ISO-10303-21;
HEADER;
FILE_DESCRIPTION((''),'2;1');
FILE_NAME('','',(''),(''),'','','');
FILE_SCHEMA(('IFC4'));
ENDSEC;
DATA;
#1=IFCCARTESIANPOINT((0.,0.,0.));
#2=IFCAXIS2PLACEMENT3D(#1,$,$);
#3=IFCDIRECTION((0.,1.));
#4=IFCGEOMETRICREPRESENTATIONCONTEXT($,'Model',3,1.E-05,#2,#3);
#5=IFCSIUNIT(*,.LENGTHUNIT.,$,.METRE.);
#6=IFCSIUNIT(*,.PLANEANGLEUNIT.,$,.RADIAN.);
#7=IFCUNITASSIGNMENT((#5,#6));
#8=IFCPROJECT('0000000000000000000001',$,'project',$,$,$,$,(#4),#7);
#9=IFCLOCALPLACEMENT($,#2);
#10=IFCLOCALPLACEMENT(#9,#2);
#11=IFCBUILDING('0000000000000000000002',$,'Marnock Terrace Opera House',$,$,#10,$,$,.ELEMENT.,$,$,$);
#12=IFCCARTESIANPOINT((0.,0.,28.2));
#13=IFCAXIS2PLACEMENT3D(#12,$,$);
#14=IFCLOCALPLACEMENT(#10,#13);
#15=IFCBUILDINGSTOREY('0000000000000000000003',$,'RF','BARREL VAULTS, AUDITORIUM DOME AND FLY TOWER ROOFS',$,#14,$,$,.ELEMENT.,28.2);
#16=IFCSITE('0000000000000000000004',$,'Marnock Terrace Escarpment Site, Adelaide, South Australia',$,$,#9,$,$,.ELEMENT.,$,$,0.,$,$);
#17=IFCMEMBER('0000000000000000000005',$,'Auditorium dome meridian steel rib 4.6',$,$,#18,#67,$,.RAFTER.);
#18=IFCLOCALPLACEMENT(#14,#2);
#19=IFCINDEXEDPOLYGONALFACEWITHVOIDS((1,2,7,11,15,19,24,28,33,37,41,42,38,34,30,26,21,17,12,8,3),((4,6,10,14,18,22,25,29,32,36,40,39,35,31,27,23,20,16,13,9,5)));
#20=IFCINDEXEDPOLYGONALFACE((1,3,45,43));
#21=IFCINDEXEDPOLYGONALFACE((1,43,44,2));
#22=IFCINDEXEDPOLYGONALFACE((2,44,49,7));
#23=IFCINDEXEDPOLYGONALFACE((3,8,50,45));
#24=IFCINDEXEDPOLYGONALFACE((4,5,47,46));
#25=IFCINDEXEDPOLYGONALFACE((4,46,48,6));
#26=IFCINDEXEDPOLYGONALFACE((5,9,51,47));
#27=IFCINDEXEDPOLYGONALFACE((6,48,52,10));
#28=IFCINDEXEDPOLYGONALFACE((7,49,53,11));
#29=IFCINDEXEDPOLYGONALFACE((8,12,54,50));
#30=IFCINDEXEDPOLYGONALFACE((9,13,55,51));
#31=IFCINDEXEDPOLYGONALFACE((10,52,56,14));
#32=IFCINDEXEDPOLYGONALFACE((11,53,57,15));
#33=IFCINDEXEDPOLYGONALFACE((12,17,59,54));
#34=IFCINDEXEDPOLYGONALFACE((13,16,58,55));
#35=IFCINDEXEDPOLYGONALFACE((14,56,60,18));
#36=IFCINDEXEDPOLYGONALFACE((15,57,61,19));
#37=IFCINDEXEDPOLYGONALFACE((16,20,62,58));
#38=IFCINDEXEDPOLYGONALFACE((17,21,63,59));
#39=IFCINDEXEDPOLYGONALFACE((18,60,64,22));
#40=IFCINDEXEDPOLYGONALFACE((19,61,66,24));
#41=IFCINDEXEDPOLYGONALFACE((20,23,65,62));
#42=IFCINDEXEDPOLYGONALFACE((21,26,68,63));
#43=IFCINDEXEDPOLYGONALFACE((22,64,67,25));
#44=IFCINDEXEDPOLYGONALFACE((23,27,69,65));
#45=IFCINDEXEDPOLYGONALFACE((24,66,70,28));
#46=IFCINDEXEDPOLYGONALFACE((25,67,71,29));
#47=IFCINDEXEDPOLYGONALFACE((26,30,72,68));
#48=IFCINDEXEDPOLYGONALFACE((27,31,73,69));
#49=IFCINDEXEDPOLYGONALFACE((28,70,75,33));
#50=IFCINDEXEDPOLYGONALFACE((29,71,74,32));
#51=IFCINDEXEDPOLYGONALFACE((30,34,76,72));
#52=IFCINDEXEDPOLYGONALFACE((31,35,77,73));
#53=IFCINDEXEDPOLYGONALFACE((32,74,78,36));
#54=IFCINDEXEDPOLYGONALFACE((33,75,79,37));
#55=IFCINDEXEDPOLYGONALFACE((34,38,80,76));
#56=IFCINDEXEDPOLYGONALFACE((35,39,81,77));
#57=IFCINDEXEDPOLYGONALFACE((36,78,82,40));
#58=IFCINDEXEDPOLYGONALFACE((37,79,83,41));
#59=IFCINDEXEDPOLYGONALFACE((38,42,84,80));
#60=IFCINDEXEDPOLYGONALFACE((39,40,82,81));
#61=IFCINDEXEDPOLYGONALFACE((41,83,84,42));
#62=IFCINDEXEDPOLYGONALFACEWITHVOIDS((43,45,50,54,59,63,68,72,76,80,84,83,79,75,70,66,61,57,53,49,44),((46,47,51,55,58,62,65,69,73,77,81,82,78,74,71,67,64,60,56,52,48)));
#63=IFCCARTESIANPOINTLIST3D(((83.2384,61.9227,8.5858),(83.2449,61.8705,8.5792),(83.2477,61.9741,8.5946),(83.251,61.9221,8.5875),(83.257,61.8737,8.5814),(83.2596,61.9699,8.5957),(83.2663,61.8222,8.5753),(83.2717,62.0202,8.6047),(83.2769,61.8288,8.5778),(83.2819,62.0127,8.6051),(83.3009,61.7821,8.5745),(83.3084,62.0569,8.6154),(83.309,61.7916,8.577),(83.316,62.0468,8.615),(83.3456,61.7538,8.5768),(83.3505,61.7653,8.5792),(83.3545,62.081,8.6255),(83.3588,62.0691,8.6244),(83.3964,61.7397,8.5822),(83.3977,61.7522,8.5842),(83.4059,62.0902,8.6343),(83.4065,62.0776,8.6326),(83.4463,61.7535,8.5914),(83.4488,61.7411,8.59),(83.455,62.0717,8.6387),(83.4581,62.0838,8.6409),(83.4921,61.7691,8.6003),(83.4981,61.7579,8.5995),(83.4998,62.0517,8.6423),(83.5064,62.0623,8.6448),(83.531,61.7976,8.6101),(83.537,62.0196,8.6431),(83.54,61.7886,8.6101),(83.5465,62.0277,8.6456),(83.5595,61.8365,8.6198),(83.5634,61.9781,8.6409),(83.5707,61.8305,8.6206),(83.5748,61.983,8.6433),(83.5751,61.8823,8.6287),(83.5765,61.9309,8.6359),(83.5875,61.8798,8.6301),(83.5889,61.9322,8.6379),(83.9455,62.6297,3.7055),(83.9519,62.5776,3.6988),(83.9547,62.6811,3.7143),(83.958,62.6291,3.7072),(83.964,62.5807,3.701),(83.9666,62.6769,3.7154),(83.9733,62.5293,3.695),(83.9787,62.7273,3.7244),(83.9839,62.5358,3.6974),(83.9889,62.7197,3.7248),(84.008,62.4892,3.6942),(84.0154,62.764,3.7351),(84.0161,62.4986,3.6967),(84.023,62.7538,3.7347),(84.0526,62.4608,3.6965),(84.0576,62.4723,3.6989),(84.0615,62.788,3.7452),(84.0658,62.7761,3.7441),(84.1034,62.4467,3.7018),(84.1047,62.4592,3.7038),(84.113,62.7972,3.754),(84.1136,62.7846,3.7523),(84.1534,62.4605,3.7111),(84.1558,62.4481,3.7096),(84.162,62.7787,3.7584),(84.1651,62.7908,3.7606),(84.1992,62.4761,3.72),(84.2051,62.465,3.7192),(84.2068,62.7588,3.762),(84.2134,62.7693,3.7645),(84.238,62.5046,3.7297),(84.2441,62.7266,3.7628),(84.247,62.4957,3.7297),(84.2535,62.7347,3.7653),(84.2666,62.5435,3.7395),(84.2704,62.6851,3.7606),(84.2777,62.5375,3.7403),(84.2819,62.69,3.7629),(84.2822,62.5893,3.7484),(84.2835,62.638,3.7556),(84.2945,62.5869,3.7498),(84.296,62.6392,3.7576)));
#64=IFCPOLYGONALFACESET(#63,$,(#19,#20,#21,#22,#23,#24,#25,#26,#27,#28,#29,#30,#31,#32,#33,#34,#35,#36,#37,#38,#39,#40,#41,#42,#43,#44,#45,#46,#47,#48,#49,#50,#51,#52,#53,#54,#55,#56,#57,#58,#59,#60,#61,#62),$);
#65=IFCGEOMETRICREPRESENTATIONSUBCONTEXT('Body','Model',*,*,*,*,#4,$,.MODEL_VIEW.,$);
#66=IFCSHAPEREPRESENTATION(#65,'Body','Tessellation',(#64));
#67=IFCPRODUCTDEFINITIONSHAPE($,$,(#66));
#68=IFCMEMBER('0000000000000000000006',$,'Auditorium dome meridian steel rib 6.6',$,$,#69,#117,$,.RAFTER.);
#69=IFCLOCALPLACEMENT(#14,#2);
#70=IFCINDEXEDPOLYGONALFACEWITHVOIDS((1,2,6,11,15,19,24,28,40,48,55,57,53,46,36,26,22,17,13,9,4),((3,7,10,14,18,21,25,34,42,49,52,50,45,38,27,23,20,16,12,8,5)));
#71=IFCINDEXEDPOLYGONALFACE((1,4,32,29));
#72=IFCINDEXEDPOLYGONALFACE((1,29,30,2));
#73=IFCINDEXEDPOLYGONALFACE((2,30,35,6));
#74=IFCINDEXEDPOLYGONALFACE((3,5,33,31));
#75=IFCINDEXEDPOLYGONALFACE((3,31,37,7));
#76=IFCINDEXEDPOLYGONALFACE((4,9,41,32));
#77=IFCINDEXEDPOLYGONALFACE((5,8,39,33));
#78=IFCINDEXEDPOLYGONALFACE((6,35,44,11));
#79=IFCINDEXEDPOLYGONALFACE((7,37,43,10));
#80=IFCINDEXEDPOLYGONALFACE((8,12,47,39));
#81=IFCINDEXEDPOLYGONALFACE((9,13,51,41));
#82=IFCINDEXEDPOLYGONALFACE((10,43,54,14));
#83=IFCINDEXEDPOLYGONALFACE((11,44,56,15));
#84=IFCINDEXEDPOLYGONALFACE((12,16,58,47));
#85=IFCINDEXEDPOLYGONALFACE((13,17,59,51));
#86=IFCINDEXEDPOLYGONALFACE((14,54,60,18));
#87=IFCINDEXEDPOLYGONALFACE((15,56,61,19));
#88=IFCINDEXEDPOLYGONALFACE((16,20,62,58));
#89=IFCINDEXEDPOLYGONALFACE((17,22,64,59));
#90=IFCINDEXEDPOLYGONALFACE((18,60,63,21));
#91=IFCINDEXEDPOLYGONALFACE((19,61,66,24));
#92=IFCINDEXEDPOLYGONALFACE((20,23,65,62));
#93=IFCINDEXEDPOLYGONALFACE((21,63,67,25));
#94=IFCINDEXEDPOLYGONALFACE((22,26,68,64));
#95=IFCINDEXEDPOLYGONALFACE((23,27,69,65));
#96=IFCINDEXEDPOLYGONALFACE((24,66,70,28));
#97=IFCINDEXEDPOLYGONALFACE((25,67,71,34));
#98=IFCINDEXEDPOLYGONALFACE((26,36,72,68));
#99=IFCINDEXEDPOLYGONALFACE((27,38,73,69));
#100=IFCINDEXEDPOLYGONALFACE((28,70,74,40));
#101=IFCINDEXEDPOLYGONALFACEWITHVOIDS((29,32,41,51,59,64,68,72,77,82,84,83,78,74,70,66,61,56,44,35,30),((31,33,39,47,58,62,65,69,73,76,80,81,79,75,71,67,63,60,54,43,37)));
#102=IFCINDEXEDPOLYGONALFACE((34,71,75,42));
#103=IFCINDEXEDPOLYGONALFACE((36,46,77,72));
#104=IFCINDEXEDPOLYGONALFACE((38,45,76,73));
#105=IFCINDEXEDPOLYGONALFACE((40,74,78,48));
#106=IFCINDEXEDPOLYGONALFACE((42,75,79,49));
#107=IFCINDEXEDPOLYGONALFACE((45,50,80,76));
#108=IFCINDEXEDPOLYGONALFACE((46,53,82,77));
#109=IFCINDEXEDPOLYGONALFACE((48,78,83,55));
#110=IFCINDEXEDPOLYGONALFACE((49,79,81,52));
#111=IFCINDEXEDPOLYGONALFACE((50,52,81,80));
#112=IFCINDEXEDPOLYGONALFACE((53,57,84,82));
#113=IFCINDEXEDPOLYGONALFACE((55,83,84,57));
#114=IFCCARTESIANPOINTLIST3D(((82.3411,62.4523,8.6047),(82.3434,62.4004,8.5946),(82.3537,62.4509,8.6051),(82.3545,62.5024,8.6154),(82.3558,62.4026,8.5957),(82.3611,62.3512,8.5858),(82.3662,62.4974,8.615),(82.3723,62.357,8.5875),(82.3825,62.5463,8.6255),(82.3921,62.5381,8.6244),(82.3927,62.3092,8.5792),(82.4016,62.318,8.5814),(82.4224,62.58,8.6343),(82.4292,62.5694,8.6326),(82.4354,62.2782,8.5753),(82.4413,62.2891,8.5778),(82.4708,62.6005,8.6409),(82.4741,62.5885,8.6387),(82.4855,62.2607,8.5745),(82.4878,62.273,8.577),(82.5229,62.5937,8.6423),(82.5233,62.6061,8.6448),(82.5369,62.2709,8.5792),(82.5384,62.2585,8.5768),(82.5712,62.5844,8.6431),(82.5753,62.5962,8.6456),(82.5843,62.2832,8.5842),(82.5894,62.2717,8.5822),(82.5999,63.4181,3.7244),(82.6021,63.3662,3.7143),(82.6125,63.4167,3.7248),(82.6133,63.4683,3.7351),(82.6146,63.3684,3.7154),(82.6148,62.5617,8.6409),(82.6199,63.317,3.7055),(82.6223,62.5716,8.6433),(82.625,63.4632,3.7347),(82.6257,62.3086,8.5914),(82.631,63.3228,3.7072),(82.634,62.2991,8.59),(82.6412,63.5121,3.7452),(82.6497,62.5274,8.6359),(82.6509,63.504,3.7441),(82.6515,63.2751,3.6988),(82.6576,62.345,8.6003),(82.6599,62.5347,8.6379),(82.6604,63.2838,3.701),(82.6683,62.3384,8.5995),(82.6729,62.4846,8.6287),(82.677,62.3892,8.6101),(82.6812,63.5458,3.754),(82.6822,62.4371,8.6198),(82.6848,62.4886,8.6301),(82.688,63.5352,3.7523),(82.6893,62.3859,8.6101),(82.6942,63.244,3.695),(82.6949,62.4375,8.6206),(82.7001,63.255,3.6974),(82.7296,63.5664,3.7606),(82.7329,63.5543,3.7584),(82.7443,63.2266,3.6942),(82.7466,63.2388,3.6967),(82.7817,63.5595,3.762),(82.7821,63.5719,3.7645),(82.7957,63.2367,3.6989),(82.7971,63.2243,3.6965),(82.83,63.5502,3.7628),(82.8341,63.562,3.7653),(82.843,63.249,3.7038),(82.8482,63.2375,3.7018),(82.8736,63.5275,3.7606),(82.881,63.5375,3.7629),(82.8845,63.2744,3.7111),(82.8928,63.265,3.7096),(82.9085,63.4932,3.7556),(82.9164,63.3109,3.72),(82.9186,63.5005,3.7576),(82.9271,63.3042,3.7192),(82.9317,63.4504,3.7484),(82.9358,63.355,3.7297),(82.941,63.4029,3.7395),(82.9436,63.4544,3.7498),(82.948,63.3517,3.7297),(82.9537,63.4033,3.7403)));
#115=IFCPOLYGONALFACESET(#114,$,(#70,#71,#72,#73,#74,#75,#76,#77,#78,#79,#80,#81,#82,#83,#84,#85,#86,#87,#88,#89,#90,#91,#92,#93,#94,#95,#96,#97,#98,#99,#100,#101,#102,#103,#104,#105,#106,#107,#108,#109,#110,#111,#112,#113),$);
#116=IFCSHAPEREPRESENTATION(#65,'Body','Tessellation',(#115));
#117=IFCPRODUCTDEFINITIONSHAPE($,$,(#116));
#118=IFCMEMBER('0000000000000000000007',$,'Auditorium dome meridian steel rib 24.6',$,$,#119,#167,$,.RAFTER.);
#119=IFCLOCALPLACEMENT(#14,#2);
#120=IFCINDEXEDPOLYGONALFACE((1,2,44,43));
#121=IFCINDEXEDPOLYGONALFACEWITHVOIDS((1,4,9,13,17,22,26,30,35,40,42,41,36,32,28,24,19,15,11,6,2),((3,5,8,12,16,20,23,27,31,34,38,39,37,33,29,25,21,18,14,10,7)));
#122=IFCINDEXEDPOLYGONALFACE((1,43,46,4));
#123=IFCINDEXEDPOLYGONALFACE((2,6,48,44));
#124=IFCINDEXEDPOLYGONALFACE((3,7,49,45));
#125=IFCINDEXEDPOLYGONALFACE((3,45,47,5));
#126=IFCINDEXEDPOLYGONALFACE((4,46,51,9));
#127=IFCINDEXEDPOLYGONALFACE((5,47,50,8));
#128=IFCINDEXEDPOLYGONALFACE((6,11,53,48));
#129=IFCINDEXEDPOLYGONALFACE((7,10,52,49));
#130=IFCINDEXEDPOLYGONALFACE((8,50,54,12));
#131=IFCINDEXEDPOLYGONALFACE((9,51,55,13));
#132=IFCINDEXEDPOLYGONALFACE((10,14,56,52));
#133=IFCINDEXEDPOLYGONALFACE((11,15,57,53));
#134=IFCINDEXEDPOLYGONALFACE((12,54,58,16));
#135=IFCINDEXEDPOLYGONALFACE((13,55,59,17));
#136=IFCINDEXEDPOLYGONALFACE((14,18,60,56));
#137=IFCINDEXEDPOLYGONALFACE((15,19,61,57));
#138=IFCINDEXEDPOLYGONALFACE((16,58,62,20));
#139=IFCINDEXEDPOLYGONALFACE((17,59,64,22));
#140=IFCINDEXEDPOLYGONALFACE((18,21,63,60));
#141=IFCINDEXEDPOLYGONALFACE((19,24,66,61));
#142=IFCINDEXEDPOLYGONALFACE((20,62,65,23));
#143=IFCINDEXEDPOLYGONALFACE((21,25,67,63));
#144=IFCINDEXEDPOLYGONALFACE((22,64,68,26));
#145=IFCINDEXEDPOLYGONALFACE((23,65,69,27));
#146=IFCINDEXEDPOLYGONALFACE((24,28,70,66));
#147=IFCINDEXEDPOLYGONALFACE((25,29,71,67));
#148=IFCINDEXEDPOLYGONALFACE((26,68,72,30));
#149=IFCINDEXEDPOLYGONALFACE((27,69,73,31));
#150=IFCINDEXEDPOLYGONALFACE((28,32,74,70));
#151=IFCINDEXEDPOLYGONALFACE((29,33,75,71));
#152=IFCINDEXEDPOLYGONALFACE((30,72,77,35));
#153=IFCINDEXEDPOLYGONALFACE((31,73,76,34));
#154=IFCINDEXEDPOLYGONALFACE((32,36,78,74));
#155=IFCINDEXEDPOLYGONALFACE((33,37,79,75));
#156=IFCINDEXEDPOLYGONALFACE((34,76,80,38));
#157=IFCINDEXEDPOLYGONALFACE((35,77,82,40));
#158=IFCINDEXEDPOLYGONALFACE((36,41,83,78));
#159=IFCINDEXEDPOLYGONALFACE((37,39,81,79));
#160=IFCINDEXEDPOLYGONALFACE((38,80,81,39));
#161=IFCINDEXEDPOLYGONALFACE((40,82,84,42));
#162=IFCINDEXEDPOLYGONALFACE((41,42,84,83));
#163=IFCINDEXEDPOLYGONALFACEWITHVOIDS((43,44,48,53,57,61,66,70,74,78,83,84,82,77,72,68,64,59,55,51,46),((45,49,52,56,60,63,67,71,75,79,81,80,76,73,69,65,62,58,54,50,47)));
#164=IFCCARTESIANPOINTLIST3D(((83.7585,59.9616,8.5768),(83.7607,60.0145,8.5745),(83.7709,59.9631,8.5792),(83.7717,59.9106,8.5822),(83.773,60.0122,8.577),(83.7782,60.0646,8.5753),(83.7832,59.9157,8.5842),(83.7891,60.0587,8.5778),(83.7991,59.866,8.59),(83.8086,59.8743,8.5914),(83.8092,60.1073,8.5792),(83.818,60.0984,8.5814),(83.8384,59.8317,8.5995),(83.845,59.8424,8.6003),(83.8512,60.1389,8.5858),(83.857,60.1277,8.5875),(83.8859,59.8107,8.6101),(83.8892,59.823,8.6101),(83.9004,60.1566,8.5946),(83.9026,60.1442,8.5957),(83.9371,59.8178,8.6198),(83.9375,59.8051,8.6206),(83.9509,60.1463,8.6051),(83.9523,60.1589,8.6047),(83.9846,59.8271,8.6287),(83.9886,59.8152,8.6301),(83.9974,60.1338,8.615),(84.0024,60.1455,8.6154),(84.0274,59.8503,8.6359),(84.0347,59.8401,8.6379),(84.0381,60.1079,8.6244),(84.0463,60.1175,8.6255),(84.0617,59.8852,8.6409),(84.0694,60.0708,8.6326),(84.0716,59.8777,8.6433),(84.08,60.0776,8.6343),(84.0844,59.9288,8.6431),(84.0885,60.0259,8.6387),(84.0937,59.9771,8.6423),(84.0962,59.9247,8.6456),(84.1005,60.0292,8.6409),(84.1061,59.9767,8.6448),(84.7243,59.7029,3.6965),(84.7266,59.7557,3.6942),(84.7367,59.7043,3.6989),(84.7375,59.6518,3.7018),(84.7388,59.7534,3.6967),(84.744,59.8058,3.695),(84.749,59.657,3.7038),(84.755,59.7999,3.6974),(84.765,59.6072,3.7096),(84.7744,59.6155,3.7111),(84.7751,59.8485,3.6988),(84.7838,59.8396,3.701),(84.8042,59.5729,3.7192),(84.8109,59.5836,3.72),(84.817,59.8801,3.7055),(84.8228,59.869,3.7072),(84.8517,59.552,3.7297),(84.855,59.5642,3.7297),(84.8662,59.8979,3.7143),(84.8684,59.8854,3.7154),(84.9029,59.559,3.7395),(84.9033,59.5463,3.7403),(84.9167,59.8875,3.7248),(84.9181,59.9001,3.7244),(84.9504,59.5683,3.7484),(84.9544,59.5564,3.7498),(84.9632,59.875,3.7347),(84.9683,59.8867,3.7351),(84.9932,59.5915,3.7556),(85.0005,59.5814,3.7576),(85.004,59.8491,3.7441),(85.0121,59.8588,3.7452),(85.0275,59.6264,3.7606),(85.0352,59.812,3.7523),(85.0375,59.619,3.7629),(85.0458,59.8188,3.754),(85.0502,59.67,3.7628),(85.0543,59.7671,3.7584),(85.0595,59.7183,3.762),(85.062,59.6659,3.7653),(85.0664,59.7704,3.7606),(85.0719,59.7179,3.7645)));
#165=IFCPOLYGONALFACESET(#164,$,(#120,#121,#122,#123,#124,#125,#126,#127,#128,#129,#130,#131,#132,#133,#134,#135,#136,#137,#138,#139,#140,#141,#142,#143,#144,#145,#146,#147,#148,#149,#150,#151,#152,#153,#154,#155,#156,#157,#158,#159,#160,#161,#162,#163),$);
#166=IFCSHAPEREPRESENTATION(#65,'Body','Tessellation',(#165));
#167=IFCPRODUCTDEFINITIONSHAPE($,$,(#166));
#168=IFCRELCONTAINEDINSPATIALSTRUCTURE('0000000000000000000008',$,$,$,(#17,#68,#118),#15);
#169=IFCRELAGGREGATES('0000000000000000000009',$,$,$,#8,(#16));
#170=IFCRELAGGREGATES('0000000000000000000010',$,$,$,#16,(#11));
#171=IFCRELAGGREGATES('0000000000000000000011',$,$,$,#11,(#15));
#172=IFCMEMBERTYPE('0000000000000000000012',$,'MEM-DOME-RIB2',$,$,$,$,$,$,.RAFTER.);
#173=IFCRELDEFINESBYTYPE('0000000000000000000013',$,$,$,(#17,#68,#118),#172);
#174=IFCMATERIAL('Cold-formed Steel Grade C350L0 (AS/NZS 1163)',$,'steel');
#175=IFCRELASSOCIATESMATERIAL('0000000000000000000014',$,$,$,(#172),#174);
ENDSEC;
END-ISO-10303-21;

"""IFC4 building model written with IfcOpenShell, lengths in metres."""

from ifc_helpers import new_model, si_unit, direction, frame, origin, origin_2d, place, context, subcontext, project, spatial, hollow_circle, extrude, material, material_profile, profile_set, type_object, element, save


model = new_model("IFC4")

# Units and contexts
model_context = context("Model", 3, precision=1e-05, world=origin(), true_north=direction((0.0, 1.0)))
body_context = subcontext(model_context, "Body", "Model", "MODEL_VIEW")
ifc_project = project(units=[si_unit("LENGTHUNIT", "METRE"), si_unit("PLANEANGLEUNIT", "RADIAN")], contexts=[model_context])

# Site, building, storey
site_placement = place(None, origin())
site = spatial("IfcSite", under=ifc_project, at=site_placement, Name="Marnock Terrace Escarpment Site, Adelaide, South Australia", CompositionType="ELEMENT", RefElevation=0.0)
building_placement = place(site_placement, origin())
building = spatial("IfcBuilding", under=site, at=building_placement, Name="Marnock Terrace Opera House", CompositionType="ELEMENT")
storey_placement = place(building_placement, frame((0.0, 0.0, 28.2)))
storey = spatial("IfcBuildingStorey", under=building, at=storey_placement, Name="RF", Description="BARREL VAULTS, AUDITORIUM DOME AND FLY TOWER ROOFS", CompositionType="ELEMENT", Elevation=28.2)

# Members
ifc_material_1 = material(Name="Cold-formed Steel Grade C350L0 (AS/NZS 1163)", Category="steel")
ifc_material_profile_1 = material_profile(ifc_material_1, hollow_circle(Radius=0.1777, WallThickness=0.0127, at=origin_2d()))
ifc_profile_set_1 = profile_set([ifc_material_profile_1], Name="Cold-formed Steel Grade C350L0 (AS/NZS 1163)")
member_type_1 = type_object("IfcMemberType", Name="MEM-DOME-RIB2", PredefinedType="RAFTER", material=ifc_profile_set_1)
for number, where, z_axis, x_axis, name in (
    (1, (84.1213, 62.6213, 3.7297), (-0.141924, -0.141924, 0.97965), (0.707107, -0.707107, 0.0), "Auditorium dome meridian steel rib 4.6"),
    (2, (82.7764, 63.3977, 3.7297), (-0.051947, -0.193872, 0.979651), (0.965926, -0.258817, 0.0), "Auditorium dome meridian steel rib 6.6"),
    (3, (84.8977, 59.7236, 3.7297), (-0.193872, 0.051947, 0.979651), (-0.258817, -0.965926, 0.0), "Auditorium dome meridian steel rib 24.6"),
):
    element("IfcMember", number, at=place(storey_placement, frame(where, z_axis=z_axis, x_axis=x_axis)), inside=storey, type_object=member_type_1, Name=name, PredefinedType="RAFTER", context=body_context, shape_type="SweptSolid", body=[
        extrude(hollow_circle(Radius=0.1777, WallThickness=0.0127, at=origin_2d()), origin(), (0.0, 0.0, 1.0), 4.9817),
    ])

save(model, "model.ifc")
